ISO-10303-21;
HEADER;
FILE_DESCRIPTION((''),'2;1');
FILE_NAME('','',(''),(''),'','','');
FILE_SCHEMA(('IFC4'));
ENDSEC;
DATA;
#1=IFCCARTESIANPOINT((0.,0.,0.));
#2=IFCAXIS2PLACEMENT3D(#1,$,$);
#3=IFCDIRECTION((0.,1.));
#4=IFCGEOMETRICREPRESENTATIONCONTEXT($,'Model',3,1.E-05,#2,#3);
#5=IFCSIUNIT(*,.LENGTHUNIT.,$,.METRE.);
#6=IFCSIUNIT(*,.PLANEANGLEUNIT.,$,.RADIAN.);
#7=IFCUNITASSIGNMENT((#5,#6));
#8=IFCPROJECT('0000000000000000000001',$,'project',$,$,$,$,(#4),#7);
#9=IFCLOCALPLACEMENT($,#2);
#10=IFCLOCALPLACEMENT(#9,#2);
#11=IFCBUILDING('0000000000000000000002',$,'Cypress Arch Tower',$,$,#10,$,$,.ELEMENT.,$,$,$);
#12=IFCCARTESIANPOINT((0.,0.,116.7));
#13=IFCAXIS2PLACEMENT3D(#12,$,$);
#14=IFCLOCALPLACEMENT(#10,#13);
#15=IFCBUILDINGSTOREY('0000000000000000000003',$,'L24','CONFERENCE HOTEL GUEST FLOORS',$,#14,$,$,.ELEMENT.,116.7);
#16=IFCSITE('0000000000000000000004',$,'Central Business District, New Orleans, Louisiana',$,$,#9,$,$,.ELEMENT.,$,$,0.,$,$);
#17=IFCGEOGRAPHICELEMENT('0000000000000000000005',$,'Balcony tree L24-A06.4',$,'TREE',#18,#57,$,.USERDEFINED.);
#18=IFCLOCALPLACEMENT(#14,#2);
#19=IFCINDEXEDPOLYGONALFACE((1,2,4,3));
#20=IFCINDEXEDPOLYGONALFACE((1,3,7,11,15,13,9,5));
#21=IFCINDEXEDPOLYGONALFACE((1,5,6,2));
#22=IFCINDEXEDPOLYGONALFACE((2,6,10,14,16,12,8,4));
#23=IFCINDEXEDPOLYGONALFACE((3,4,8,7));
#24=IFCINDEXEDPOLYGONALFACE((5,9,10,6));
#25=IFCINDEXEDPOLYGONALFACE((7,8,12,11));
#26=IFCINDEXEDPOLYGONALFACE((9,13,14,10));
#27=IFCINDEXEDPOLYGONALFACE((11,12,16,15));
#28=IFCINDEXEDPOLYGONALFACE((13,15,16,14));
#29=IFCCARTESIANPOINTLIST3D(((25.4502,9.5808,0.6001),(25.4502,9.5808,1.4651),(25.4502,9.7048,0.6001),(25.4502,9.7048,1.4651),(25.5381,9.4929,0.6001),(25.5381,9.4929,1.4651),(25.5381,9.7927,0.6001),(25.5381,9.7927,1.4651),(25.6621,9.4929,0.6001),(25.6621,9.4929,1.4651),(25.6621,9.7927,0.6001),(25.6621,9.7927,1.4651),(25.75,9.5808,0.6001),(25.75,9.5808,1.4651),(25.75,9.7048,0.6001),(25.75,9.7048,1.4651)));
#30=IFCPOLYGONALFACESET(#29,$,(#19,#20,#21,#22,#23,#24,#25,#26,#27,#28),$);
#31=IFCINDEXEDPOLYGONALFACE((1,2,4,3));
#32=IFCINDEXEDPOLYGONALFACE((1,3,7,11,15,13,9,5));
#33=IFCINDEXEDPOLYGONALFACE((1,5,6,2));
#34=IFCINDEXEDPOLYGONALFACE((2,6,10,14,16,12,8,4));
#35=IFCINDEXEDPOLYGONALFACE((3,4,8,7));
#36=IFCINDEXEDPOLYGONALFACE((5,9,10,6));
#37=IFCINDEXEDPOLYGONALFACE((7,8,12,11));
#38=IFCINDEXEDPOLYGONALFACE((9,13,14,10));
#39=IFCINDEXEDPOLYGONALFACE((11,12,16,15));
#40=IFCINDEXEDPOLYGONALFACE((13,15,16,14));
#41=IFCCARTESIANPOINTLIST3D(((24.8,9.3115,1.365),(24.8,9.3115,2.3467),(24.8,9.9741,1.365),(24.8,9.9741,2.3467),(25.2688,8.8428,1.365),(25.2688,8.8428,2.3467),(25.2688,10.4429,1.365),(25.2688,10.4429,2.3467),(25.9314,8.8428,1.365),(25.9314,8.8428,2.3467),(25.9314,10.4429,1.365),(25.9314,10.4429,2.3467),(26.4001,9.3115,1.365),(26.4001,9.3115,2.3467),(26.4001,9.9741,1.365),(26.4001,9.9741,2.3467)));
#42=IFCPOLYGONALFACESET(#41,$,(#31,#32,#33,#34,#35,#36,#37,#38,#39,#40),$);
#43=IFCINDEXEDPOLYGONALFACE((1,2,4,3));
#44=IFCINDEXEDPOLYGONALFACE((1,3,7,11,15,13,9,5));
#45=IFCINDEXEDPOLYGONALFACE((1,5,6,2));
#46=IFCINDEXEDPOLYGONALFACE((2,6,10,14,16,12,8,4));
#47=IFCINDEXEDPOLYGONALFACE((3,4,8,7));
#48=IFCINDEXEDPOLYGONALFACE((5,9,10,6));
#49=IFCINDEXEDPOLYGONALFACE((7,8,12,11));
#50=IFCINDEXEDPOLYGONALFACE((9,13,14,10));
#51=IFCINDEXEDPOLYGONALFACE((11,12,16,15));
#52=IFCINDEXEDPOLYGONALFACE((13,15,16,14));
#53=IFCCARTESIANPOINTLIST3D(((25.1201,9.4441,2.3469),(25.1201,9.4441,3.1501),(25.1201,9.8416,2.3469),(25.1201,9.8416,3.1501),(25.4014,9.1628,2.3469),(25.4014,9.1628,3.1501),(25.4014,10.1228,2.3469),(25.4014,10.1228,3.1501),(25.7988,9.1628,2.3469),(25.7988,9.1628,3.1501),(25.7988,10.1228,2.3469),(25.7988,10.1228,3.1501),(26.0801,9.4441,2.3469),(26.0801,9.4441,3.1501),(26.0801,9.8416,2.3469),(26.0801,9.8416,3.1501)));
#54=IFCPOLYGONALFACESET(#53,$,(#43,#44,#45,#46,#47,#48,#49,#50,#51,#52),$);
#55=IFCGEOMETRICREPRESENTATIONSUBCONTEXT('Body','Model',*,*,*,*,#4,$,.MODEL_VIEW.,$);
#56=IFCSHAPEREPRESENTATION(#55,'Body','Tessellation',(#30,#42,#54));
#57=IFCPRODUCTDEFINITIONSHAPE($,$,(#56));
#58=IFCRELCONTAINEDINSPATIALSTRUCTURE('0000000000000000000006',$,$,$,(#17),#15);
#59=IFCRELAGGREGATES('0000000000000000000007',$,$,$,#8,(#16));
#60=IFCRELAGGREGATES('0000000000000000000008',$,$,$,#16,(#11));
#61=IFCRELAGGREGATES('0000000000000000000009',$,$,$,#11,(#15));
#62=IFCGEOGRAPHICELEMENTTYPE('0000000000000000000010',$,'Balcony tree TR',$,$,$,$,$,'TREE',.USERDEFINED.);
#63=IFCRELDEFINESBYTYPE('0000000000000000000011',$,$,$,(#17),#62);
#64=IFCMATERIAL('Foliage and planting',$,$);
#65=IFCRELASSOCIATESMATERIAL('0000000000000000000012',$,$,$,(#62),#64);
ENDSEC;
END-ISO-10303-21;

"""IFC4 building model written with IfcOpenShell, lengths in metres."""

from ifc_helpers import new_model, si_unit, direction, frame, origin, place, context, subcontext, project, spatial, polyline, outline, extrude, material, type_object, element, save


model = new_model("IFC4")

# Units and contexts
model_context = context("Model", 3, precision=1e-05, world=origin(), true_north=direction((0.0, 1.0)))
body_context = subcontext(model_context, "Body", "Model", "MODEL_VIEW")
ifc_project = project(units=[si_unit("LENGTHUNIT", "METRE"), si_unit("PLANEANGLEUNIT", "RADIAN")], contexts=[model_context])

# Site, building, storey
site_placement = place(None, origin())
site = spatial("IfcSite", under=ifc_project, at=site_placement, Name="Central Business District, New Orleans, Louisiana", CompositionType="ELEMENT", RefElevation=0.0)
building_placement = place(site_placement, origin())
building = spatial("IfcBuilding", under=site, at=building_placement, Name="Cypress Arch Tower", CompositionType="ELEMENT")
storey_placement = place(building_placement, frame((0.0, 0.0, 116.7)))
storey = spatial("IfcBuildingStorey", under=building, at=storey_placement, Name="L24", Description="CONFERENCE HOTEL GUEST FLOORS", CompositionType="ELEMENT", Elevation=116.7)

# Geographic element
ifc_material_1 = material(Name="Foliage and planting")
geographic_element_type = type_object("IfcGeographicElementType", Name="Balcony tree TR", ElementType="TREE", PredefinedType="USERDEFINED", material=ifc_material_1)
for number, where, z_axis, x_axis, name in (
    (1, (25.6001, 9.6428, 0.6001), (0.0, 0.0, 1.0), (1.0, 0.0, 0.0), "Balcony tree L24-A06.4"),
):
    element("IfcGeographicElement", number, at=place(storey_placement, frame(where, z_axis=z_axis, x_axis=x_axis)), inside=storey, type_object=geographic_element_type, Name=name, ObjectType="TREE", PredefinedType="USERDEFINED", context=body_context, shape_type="SweptSolid", body=[
        extrude(outline(polyline([(0.1499, 0.062), (0.062, 0.1499), (-0.062, 0.1499), (-0.1499, 0.062), (-0.1499, -0.062), (-0.062, -0.1499), (0.062, -0.1499), (0.1499, -0.062), (0.1499, 0.062)])), origin(), (0.0, 0.0, 1.0), 0.865),
        extrude(outline(polyline([(0.8, 0.3313), (0.3313, 0.8), (-0.3313, 0.8), (-0.8, 0.3313), (-0.8, -0.3313), (-0.3313, -0.8), (0.3313, -0.8), (0.8, -0.3313), (0.8, 0.3313)])), frame((0.0, 0.0, 0.7649)), (0.0, 0.0, 1.0), 0.9817),
        extrude(outline(polyline([(0.48, 0.1987), (0.1987, 0.48), (-0.1987, 0.48), (-0.48, 0.1987), (-0.48, -0.1987), (-0.1987, -0.48), (0.1987, -0.48), (0.48, -0.1987), (0.48, 0.1987)])), frame((0.0, 0.0, 1.7468)), (0.0, 0.0, 1.0), 0.8032),
    ])

save(model, "model.ifc")
